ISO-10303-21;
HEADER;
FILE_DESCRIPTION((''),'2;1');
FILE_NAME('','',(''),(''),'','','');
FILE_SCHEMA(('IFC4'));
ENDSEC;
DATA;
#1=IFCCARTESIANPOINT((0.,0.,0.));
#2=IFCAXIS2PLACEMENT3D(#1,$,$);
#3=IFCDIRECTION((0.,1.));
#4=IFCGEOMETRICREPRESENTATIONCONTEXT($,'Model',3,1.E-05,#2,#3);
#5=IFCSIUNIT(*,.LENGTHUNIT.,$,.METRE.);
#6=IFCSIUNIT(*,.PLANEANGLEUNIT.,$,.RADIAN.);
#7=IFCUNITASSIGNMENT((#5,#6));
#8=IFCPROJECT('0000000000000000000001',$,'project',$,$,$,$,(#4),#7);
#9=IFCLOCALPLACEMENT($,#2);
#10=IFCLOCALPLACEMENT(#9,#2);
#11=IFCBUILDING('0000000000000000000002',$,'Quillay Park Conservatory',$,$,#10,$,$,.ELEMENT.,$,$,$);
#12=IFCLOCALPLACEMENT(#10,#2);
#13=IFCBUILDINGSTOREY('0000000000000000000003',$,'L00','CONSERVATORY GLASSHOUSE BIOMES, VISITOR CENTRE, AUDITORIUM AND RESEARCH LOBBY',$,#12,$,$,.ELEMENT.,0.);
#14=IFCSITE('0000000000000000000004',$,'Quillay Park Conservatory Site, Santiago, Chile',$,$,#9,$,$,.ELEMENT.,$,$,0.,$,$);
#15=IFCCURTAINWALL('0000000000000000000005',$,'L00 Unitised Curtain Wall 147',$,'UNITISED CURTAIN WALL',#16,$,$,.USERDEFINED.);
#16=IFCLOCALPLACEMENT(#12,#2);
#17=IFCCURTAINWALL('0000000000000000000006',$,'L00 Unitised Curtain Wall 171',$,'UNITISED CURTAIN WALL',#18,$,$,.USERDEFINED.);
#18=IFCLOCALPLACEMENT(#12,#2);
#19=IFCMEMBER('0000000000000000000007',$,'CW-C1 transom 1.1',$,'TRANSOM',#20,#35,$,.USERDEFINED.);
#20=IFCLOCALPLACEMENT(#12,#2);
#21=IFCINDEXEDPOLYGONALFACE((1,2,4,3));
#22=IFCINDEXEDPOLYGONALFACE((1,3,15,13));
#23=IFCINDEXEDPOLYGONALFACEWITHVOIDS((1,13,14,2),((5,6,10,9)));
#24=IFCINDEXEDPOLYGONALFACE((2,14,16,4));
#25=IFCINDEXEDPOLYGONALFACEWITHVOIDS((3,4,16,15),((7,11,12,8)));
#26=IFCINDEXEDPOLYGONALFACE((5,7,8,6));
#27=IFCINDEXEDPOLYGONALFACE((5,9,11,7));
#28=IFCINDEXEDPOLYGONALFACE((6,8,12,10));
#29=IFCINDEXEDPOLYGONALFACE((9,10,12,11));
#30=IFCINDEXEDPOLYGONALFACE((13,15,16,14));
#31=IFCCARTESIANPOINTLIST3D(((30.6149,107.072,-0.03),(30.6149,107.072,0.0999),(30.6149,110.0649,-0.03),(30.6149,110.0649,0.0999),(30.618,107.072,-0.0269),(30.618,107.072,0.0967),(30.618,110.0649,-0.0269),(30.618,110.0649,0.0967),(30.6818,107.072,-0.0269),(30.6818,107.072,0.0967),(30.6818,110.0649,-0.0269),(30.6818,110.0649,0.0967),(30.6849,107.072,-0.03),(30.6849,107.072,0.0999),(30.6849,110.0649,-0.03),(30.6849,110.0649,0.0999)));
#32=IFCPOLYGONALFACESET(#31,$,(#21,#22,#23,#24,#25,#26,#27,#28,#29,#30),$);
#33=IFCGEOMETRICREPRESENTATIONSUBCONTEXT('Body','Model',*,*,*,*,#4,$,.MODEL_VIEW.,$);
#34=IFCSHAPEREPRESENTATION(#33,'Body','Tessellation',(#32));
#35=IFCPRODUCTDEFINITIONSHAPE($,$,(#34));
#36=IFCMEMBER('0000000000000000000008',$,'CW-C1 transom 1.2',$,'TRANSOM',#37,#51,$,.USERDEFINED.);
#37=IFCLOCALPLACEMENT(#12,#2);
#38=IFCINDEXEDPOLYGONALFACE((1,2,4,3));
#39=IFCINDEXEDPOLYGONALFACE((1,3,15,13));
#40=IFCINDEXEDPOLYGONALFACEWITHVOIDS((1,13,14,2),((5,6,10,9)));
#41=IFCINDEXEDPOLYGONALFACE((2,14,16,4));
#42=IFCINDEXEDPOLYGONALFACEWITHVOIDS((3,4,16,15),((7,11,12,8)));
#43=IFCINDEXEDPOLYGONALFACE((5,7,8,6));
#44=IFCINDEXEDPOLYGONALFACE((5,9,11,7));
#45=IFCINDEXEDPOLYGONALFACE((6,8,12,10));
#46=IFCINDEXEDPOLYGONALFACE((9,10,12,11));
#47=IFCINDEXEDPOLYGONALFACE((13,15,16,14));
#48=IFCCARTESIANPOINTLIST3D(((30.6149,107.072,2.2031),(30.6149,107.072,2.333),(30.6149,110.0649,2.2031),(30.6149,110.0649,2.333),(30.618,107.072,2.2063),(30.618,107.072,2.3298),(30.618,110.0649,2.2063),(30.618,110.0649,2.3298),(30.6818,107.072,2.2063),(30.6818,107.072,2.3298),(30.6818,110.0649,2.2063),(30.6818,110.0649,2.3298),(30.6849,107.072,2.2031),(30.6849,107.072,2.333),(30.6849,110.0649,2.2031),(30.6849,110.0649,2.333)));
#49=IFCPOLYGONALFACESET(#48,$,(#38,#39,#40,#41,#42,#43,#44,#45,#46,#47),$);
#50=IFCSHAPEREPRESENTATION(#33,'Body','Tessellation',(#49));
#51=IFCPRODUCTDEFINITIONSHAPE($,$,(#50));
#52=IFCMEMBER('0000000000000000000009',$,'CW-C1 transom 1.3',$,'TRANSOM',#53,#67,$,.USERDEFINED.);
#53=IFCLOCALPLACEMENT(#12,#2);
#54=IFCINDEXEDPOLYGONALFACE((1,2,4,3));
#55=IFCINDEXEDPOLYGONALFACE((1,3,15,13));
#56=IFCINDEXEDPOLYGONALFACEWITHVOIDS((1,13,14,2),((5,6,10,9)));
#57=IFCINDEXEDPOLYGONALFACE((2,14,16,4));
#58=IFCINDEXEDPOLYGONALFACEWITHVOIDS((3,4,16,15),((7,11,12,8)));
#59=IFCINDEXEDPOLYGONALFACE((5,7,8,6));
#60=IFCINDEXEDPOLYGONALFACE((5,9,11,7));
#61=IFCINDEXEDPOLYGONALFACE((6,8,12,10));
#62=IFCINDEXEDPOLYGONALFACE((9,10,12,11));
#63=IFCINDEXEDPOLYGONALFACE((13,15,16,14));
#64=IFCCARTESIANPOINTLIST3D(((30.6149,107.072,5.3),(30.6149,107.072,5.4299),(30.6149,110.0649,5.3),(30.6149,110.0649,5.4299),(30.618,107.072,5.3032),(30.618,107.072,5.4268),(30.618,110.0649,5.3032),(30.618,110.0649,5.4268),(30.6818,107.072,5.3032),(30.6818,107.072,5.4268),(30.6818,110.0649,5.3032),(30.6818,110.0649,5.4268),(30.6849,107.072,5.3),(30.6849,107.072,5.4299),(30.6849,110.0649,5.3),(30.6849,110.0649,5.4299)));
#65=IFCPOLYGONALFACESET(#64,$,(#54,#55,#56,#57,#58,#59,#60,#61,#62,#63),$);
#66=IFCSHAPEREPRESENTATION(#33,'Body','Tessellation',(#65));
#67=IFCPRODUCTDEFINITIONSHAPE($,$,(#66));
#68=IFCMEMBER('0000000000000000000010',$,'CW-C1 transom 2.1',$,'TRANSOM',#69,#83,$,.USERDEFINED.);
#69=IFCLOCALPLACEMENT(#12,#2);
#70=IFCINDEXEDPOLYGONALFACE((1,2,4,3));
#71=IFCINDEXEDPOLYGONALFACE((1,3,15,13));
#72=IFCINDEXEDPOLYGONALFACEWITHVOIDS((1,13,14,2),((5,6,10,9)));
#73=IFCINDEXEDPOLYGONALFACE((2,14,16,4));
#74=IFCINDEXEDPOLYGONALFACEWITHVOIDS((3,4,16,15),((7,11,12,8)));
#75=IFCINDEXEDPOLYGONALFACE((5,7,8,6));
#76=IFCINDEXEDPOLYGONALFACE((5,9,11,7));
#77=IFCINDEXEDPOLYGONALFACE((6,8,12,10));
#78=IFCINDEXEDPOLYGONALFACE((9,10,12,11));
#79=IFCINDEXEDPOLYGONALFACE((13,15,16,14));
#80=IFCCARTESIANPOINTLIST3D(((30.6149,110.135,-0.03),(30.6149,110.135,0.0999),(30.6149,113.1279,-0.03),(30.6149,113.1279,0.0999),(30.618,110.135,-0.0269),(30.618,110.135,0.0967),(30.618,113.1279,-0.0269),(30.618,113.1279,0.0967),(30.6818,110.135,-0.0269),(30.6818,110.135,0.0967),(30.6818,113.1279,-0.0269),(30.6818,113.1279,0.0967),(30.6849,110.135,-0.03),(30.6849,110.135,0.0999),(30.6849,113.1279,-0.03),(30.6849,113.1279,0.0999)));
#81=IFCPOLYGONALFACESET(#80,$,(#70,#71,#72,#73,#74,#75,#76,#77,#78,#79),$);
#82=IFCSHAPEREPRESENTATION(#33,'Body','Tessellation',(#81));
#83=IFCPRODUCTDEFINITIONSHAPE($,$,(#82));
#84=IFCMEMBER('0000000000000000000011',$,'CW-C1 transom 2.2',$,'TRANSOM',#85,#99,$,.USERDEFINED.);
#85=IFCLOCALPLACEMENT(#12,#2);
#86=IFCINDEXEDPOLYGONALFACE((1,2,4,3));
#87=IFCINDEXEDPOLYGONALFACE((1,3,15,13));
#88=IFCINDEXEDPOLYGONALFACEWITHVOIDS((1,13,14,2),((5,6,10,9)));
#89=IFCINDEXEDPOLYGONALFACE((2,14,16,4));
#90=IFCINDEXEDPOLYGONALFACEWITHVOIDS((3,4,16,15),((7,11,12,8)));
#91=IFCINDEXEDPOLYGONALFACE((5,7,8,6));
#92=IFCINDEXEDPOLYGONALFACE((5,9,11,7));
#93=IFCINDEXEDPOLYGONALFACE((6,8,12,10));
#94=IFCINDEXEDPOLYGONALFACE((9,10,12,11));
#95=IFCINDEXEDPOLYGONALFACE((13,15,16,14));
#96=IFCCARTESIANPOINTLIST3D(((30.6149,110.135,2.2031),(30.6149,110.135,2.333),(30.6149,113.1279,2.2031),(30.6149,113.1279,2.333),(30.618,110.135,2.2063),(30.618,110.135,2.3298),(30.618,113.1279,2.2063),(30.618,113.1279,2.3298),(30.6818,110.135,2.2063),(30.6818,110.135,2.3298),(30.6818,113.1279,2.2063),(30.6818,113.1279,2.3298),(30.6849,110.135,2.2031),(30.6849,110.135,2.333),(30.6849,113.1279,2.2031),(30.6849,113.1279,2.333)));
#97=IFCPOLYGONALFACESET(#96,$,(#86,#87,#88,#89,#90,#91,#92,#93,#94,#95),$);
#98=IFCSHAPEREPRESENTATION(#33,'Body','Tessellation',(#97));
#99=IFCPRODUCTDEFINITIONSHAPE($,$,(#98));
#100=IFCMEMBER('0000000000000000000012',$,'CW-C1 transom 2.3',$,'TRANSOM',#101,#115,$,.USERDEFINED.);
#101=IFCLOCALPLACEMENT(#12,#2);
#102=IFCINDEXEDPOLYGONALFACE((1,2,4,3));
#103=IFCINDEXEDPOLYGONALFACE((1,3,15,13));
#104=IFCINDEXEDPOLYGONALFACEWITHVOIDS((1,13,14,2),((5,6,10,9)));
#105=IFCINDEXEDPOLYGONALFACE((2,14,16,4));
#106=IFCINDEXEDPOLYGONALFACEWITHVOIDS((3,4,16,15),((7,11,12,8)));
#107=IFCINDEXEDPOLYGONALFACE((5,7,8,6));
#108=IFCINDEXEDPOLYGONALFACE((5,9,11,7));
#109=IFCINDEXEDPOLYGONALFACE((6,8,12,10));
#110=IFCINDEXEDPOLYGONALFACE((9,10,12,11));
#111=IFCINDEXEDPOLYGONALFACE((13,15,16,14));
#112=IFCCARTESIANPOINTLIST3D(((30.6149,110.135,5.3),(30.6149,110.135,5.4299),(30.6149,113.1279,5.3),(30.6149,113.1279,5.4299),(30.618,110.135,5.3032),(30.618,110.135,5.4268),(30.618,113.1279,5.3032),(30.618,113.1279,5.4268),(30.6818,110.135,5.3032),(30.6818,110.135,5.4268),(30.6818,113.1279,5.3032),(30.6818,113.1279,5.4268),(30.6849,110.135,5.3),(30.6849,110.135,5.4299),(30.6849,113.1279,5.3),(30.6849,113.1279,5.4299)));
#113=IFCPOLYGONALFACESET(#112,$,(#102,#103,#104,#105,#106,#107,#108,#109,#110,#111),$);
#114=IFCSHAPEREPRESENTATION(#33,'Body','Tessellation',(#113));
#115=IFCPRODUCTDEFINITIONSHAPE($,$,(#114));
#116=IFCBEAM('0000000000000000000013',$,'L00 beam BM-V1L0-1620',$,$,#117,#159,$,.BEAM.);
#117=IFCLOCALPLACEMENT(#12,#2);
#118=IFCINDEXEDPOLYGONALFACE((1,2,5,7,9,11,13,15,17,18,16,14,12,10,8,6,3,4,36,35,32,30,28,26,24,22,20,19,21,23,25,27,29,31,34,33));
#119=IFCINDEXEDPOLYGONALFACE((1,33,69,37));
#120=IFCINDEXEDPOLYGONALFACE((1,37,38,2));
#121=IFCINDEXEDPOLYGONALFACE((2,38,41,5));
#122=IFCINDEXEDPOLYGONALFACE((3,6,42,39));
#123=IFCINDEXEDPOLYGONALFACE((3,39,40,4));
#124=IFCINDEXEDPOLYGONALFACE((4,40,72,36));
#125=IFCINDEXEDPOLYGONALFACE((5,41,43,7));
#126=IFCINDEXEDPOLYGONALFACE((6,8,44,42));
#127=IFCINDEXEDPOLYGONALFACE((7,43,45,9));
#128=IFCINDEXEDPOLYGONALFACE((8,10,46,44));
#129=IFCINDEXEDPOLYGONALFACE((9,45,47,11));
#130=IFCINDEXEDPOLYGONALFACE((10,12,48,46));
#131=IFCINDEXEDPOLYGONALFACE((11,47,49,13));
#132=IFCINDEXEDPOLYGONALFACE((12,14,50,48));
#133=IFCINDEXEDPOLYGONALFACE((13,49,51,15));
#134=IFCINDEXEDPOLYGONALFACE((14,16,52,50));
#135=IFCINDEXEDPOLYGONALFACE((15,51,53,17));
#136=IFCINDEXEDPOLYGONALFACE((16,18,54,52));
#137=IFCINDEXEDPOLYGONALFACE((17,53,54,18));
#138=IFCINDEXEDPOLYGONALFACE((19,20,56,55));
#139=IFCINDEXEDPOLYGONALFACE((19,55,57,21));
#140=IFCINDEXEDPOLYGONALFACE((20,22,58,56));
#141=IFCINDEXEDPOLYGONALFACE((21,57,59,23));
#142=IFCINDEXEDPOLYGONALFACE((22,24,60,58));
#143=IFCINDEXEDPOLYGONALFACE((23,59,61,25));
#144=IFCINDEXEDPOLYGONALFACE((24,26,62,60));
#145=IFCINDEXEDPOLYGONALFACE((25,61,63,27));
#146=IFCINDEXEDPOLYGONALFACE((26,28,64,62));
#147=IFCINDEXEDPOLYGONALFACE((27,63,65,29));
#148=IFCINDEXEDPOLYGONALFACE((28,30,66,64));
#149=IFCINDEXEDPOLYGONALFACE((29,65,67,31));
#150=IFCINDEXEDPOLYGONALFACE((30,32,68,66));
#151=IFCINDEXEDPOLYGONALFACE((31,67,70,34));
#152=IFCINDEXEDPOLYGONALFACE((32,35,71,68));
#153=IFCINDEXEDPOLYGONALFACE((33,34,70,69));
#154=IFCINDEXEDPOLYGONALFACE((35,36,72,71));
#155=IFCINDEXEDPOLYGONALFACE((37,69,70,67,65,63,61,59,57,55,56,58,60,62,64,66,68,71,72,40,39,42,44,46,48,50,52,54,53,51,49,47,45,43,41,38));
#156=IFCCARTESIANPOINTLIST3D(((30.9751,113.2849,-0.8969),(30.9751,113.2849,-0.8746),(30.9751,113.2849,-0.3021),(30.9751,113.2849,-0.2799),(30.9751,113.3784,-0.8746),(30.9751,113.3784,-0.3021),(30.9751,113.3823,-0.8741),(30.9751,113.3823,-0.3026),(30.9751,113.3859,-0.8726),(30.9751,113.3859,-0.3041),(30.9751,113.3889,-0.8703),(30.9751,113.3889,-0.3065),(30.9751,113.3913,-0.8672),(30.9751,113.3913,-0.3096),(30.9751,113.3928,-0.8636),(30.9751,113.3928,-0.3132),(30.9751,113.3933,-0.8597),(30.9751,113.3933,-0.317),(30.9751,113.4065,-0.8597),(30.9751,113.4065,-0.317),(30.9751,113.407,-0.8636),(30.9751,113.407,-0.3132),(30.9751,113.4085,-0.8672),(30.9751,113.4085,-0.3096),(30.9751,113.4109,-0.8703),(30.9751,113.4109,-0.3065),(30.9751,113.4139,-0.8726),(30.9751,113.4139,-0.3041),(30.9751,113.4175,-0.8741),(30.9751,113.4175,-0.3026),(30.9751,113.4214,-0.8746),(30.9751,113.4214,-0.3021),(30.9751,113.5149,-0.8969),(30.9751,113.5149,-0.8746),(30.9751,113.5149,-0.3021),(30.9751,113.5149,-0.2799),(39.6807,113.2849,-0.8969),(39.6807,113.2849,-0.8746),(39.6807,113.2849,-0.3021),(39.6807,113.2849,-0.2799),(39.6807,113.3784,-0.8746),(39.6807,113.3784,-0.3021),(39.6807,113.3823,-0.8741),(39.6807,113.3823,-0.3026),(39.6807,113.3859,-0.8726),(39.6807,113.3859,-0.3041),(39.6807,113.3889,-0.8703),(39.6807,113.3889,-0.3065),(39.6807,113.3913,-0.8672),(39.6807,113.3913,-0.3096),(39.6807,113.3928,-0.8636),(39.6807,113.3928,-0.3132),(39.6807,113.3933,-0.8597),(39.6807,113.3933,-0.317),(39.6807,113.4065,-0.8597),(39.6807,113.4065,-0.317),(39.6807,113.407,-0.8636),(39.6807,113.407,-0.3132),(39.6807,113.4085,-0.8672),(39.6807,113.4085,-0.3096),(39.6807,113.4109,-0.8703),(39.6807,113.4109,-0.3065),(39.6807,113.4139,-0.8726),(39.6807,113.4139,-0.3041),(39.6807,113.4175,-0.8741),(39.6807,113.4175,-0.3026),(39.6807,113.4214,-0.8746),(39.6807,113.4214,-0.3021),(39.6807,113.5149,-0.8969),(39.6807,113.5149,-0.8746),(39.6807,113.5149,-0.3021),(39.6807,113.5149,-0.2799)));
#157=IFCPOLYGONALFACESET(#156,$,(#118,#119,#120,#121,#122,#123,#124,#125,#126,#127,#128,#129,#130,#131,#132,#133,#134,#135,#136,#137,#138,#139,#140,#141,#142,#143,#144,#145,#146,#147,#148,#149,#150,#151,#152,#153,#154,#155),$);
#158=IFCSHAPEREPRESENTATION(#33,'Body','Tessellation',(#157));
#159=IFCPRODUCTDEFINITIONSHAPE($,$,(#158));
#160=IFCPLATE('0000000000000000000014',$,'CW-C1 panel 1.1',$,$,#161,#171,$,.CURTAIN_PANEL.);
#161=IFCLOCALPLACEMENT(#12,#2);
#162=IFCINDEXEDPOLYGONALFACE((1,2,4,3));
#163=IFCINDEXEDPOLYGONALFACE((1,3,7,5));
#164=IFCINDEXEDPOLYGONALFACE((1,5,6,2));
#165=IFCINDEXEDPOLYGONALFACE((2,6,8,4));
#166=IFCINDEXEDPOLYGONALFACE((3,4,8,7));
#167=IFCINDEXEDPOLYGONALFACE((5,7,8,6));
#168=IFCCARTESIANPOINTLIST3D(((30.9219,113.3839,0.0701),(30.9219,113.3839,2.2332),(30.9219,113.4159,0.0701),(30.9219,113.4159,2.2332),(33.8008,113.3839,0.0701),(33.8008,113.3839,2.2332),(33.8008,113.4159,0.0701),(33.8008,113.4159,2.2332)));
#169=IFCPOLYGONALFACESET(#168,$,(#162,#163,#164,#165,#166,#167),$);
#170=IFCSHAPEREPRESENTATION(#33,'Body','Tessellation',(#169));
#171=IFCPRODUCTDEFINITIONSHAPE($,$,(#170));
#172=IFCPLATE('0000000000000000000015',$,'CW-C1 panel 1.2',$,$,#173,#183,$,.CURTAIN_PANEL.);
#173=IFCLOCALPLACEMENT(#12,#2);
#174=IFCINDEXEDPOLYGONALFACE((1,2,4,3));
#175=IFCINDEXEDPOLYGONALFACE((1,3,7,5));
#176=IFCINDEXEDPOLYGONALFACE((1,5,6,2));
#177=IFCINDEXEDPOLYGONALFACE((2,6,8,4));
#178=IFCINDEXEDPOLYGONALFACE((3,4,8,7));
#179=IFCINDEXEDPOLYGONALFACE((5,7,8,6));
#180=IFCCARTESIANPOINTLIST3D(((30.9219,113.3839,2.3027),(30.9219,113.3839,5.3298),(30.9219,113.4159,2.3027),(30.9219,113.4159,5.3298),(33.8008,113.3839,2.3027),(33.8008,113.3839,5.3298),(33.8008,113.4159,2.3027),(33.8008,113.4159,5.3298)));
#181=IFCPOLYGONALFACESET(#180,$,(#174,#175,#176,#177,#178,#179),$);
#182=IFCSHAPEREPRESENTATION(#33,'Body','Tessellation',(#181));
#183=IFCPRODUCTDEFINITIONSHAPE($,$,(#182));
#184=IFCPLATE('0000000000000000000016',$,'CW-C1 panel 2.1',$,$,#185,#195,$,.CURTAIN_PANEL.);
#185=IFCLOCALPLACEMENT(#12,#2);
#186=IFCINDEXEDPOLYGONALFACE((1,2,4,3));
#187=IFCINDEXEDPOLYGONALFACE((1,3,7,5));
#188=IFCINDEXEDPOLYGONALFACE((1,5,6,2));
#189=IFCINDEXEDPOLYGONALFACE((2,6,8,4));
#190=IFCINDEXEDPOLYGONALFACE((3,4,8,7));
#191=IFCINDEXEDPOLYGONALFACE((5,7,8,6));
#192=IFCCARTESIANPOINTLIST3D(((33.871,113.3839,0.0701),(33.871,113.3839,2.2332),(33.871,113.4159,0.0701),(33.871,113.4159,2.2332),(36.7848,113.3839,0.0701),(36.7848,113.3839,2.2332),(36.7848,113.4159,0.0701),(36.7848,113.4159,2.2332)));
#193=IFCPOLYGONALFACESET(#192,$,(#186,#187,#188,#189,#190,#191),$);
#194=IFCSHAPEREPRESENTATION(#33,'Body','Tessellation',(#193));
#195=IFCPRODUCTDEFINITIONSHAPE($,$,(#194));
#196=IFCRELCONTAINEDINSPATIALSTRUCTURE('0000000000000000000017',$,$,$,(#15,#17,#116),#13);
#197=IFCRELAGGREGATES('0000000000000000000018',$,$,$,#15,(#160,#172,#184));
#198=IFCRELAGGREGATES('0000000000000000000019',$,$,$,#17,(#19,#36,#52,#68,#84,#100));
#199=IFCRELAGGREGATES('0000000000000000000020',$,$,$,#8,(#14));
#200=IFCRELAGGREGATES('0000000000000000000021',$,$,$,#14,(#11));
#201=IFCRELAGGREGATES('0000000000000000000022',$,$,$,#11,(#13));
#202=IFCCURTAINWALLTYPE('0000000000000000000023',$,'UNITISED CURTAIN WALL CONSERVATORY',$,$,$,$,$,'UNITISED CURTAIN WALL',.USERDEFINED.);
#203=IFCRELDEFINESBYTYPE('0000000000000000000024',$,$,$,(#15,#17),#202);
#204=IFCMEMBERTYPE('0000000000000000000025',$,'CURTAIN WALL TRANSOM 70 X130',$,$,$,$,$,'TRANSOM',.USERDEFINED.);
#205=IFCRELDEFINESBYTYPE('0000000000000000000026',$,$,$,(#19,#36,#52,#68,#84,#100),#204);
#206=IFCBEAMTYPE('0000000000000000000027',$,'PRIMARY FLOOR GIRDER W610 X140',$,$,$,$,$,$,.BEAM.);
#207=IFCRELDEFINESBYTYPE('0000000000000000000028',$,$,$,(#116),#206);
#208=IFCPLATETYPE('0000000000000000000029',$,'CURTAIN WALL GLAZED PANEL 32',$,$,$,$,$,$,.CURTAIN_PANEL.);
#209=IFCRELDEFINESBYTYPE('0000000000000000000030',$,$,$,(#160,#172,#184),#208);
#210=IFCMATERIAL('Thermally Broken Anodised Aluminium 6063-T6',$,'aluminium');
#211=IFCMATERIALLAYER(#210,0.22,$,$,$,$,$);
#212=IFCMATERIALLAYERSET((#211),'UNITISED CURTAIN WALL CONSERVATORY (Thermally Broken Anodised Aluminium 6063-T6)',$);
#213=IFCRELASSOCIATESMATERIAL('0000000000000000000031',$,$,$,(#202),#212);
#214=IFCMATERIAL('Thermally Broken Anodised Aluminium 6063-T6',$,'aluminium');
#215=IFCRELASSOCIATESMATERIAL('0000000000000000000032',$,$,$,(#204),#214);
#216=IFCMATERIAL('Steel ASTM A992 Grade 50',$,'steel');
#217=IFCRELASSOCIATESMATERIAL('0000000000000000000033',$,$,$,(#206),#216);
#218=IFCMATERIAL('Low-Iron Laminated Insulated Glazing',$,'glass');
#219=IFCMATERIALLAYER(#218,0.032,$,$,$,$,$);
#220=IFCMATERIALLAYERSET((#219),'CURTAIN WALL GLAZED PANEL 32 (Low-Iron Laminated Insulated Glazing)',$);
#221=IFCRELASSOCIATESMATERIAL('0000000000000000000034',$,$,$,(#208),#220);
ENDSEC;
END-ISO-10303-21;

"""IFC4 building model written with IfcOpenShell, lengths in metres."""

from ifc_helpers import new_model, si_unit, direction, frame, origin, origin_2d, place, context, subcontext, project, spatial, rectangle, hollow_rectangle, i_section, extrude, material, layer, layer_set, material_profile, profile_set, type_object, element, aggregate, save


model = new_model("IFC4")

# Units and contexts
model_context = context("Model", 3, precision=1e-05, world=origin(), true_north=direction((0.0, 1.0)))
body_context = subcontext(model_context, "Body", "Model", "MODEL_VIEW")
ifc_project = project(units=[si_unit("LENGTHUNIT", "METRE"), si_unit("PLANEANGLEUNIT", "RADIAN")], contexts=[model_context])

# Site, building, storey
site_placement = place(None, origin())
site = spatial("IfcSite", under=ifc_project, at=site_placement, Name="Quillay Park Conservatory Site, Santiago, Chile", CompositionType="ELEMENT", RefElevation=0.0)
building_placement = place(site_placement, origin())
building = spatial("IfcBuilding", under=site, at=building_placement, Name="Quillay Park Conservatory", CompositionType="ELEMENT")
storey_placement = place(building_placement, origin())
storey = spatial("IfcBuildingStorey", under=building, at=storey_placement, Name="L00", Description="CONSERVATORY GLASSHOUSE BIOMES, VISITOR CENTRE, AUDITORIUM AND RESEARCH LOBBY", CompositionType="ELEMENT", Elevation=0.0)

# Curtain walls
ifc_material_1 = material(Name="Thermally Broken Anodised Aluminium 6063-T6", Category="aluminium")
ifc_layer_1 = layer(ifc_material_1, 0.22)
ifc_layer_set_1 = layer_set([ifc_layer_1], Name="UNITISED CURTAIN WALL CONSERVATORY (Thermally Broken Anodised Aluminium 6063-T6)")
curtain_wall_type = type_object("IfcCurtainWallType", Name="UNITISED CURTAIN WALL CONSERVATORY", ElementType="UNITISED CURTAIN WALL", PredefinedType="USERDEFINED", material=ifc_layer_set_1)
curtain_wall_1_placement = place(storey_placement, origin())
curtain_wall_1 = element("IfcCurtainWall", 1, at=curtain_wall_1_placement, inside=storey, type_object=curtain_wall_type, Name="L00 Unitised Curtain Wall 147", ObjectType="UNITISED CURTAIN WALL", PredefinedType="USERDEFINED")
curtain_wall_2_placement = place(storey_placement, origin())
curtain_wall_2 = element("IfcCurtainWall", 2, at=curtain_wall_2_placement, inside=storey, type_object=curtain_wall_type, Name="L00 Unitised Curtain Wall 171", ObjectType="UNITISED CURTAIN WALL", PredefinedType="USERDEFINED")

# Members
ifc_material_2 = material(Name="Thermally Broken Anodised Aluminium 6063-T6", Category="aluminium")
ifc_material_profile_1 = material_profile(ifc_material_2, hollow_rectangle(XDim=0.0701, YDim=0.1299, WallThickness=0.0032, at=origin_2d()), Name="AL70x130x3.2")
ifc_profile_set_1 = profile_set([ifc_material_profile_1], Name="Thermally Broken Anodised Aluminium 6063-T6")
member_type_1 = type_object("IfcMemberType", Name="CURTAIN WALL TRANSOM 70 X130", ElementType="TRANSOM", PredefinedType="USERDEFINED", material=ifc_profile_set_1)
member_1_placement = place(storey_placement, frame((30.6499, 107.072, 0.0349), z_axis=(0.0, 1.0, 0.0), x_axis=(-1.0, 0.0, 0.0)))
member_1 = element("IfcMember", 3, at=member_1_placement, type_object=member_type_1, Name="CW-C1 transom 1.1", ObjectType="TRANSOM", PredefinedType="USERDEFINED", context=body_context, shape_type="SweptSolid", body=[
    extrude(hollow_rectangle(XDim=0.0701, YDim=0.1299, WallThickness=0.0032, at=origin_2d()), origin(), (0.0, 0.0, 1.0), 2.9929),
])
member_2_placement = place(storey_placement, frame((30.6499, 107.072, 2.2681), z_axis=(0.0, 1.0, 0.0), x_axis=(-1.0, 0.0, 0.0)))
member_2 = element("IfcMember", 4, at=member_2_placement, type_object=member_type_1, Name="CW-C1 transom 1.2", ObjectType="TRANSOM", PredefinedType="USERDEFINED", context=body_context, shape_type="SweptSolid", body=[
    extrude(hollow_rectangle(XDim=0.0701, YDim=0.1299, WallThickness=0.0032, at=origin_2d()), origin(), (0.0, 0.0, 1.0), 2.9929),
])
member_3_placement = place(storey_placement, frame((30.6499, 107.072, 5.365), z_axis=(0.0, 1.0, 0.0), x_axis=(-1.0, 0.0, 0.0)))
member_3 = element("IfcMember", 5, at=member_3_placement, type_object=member_type_1, Name="CW-C1 transom 1.3", ObjectType="TRANSOM", PredefinedType="USERDEFINED", context=body_context, shape_type="SweptSolid", body=[
    extrude(hollow_rectangle(XDim=0.0701, YDim=0.1299, WallThickness=0.0032, at=origin_2d()), origin(), (0.0, 0.0, 1.0), 2.9929),
])
member_4_placement = place(storey_placement, frame((30.6499, 110.135, 0.0349), z_axis=(0.0, 1.0, 0.0), x_axis=(-1.0, 0.0, 0.0)))
member_4 = element("IfcMember", 6, at=member_4_placement, type_object=member_type_1, Name="CW-C1 transom 2.1", ObjectType="TRANSOM", PredefinedType="USERDEFINED", context=body_context, shape_type="SweptSolid", body=[
    extrude(hollow_rectangle(XDim=0.0701, YDim=0.1299, WallThickness=0.0032, at=origin_2d()), origin(), (0.0, 0.0, 1.0), 2.9929),
])
member_5_placement = place(storey_placement, frame((30.6499, 110.135, 2.2681), z_axis=(0.0, 1.0, 0.0), x_axis=(-1.0, 0.0, 0.0)))
member_5 = element("IfcMember", 7, at=member_5_placement, type_object=member_type_1, Name="CW-C1 transom 2.2", ObjectType="TRANSOM", PredefinedType="USERDEFINED", context=body_context, shape_type="SweptSolid", body=[
    extrude(hollow_rectangle(XDim=0.0701, YDim=0.1299, WallThickness=0.0032, at=origin_2d()), origin(), (0.0, 0.0, 1.0), 2.9929),
])
member_6_placement = place(storey_placement, frame((30.6499, 110.135, 5.365), z_axis=(0.0, 1.0, 0.0), x_axis=(-1.0, 0.0, 0.0)))
member_6 = element("IfcMember", 8, at=member_6_placement, type_object=member_type_1, Name="CW-C1 transom 2.3", ObjectType="TRANSOM", PredefinedType="USERDEFINED", context=body_context, shape_type="SweptSolid", body=[
    extrude(hollow_rectangle(XDim=0.0701, YDim=0.1299, WallThickness=0.0032, at=origin_2d()), origin(), (0.0, 0.0, 1.0), 2.9929),
])

# Beam
ifc_material_3 = material(Name="Steel ASTM A992 Grade 50", Category="steel")
ifc_material_profile_2 = material_profile(ifc_material_3, i_section(OverallWidth=0.23, OverallDepth=0.6169, WebThickness=0.0132, FlangeThickness=0.0222, FilletRadius=0.0149, at=origin_2d()), Name="W610x140")
ifc_profile_set_2 = profile_set([ifc_material_profile_2], Name="Steel ASTM A992 Grade 50")
beam_type = type_object("IfcBeamType", Name="PRIMARY FLOOR GIRDER W610 X140", PredefinedType="BEAM", material=ifc_profile_set_2)
beam_placement = place(storey_placement, frame((30.9751, 113.3999, -0.5884), z_axis=(1.0, 0.0, 0.0), x_axis=(0.0, 1.0, 0.0)))
element("IfcBeam", 9, at=beam_placement, inside=storey, type_object=beam_type, Name="L00 beam BM-V1L0-1620", PredefinedType="BEAM", context=body_context, shape_type="SweptSolid", body=[
    extrude(i_section(OverallWidth=0.23, OverallDepth=0.6169, WebThickness=0.0132, FlangeThickness=0.0222, FilletRadius=0.0149, at=origin_2d()), origin(), (0.0, 0.0, 1.0), 8.7056),
])

# Plates
ifc_material_4 = material(Name="Low-Iron Laminated Insulated Glazing", Category="glass")
ifc_layer_2 = layer(ifc_material_4, 0.032)
ifc_layer_set_2 = layer_set([ifc_layer_2], Name="CURTAIN WALL GLAZED PANEL 32 (Low-Iron Laminated Insulated Glazing)")
plate_type_1 = type_object("IfcPlateType", Name="CURTAIN WALL GLAZED PANEL 32", PredefinedType="CURTAIN_PANEL", material=ifc_layer_set_2)
plate_1_placement = place(storey_placement, frame((32.3613, 113.3999, 0.0701), z_axis=(0.0, 0.0, 1.0), x_axis=(1.0, 0.0, 0.0)))
plate_1 = element("IfcPlate", 10, at=plate_1_placement, type_object=plate_type_1, Name="CW-C1 panel 1.1", PredefinedType="CURTAIN_PANEL", context=body_context, shape_type="SweptSolid", body=[
    extrude(rectangle(XDim=2.8789, YDim=0.032, at=origin_2d()), origin(), (0.0, 0.0, 1.0), 2.1631),
])
plate_2_placement = place(storey_placement, frame((32.3613, 113.3999, 2.3027), z_axis=(0.0, 0.0, 1.0), x_axis=(1.0, 0.0, 0.0)))
plate_2 = element("IfcPlate", 11, at=plate_2_placement, type_object=plate_type_1, Name="CW-C1 panel 1.2", PredefinedType="CURTAIN_PANEL", context=body_context, shape_type="SweptSolid", body=[
    extrude(rectangle(XDim=2.8789, YDim=0.032, at=origin_2d()), origin(), (0.0, 0.0, 1.0), 3.0271),
])
plate_3_placement = place(storey_placement, frame((35.3279, 113.3999, 0.0701), z_axis=(0.0, 0.0, 1.0), x_axis=(1.0, 0.0, 0.0)))
plate_3 = element("IfcPlate", 12, at=plate_3_placement, type_object=plate_type_1, Name="CW-C1 panel 2.1", PredefinedType="CURTAIN_PANEL", context=body_context, shape_type="SweptSolid", body=[
    extrude(rectangle(XDim=2.9138, YDim=0.032, at=origin_2d()), origin(), (0.0, 0.0, 1.0), 2.1631),
])
aggregate(curtain_wall_1, [plate_1, plate_2, plate_3])
aggregate(curtain_wall_2, [member_1, member_2, member_3, member_4, member_5, member_6])

save(model, "model.ifc")
